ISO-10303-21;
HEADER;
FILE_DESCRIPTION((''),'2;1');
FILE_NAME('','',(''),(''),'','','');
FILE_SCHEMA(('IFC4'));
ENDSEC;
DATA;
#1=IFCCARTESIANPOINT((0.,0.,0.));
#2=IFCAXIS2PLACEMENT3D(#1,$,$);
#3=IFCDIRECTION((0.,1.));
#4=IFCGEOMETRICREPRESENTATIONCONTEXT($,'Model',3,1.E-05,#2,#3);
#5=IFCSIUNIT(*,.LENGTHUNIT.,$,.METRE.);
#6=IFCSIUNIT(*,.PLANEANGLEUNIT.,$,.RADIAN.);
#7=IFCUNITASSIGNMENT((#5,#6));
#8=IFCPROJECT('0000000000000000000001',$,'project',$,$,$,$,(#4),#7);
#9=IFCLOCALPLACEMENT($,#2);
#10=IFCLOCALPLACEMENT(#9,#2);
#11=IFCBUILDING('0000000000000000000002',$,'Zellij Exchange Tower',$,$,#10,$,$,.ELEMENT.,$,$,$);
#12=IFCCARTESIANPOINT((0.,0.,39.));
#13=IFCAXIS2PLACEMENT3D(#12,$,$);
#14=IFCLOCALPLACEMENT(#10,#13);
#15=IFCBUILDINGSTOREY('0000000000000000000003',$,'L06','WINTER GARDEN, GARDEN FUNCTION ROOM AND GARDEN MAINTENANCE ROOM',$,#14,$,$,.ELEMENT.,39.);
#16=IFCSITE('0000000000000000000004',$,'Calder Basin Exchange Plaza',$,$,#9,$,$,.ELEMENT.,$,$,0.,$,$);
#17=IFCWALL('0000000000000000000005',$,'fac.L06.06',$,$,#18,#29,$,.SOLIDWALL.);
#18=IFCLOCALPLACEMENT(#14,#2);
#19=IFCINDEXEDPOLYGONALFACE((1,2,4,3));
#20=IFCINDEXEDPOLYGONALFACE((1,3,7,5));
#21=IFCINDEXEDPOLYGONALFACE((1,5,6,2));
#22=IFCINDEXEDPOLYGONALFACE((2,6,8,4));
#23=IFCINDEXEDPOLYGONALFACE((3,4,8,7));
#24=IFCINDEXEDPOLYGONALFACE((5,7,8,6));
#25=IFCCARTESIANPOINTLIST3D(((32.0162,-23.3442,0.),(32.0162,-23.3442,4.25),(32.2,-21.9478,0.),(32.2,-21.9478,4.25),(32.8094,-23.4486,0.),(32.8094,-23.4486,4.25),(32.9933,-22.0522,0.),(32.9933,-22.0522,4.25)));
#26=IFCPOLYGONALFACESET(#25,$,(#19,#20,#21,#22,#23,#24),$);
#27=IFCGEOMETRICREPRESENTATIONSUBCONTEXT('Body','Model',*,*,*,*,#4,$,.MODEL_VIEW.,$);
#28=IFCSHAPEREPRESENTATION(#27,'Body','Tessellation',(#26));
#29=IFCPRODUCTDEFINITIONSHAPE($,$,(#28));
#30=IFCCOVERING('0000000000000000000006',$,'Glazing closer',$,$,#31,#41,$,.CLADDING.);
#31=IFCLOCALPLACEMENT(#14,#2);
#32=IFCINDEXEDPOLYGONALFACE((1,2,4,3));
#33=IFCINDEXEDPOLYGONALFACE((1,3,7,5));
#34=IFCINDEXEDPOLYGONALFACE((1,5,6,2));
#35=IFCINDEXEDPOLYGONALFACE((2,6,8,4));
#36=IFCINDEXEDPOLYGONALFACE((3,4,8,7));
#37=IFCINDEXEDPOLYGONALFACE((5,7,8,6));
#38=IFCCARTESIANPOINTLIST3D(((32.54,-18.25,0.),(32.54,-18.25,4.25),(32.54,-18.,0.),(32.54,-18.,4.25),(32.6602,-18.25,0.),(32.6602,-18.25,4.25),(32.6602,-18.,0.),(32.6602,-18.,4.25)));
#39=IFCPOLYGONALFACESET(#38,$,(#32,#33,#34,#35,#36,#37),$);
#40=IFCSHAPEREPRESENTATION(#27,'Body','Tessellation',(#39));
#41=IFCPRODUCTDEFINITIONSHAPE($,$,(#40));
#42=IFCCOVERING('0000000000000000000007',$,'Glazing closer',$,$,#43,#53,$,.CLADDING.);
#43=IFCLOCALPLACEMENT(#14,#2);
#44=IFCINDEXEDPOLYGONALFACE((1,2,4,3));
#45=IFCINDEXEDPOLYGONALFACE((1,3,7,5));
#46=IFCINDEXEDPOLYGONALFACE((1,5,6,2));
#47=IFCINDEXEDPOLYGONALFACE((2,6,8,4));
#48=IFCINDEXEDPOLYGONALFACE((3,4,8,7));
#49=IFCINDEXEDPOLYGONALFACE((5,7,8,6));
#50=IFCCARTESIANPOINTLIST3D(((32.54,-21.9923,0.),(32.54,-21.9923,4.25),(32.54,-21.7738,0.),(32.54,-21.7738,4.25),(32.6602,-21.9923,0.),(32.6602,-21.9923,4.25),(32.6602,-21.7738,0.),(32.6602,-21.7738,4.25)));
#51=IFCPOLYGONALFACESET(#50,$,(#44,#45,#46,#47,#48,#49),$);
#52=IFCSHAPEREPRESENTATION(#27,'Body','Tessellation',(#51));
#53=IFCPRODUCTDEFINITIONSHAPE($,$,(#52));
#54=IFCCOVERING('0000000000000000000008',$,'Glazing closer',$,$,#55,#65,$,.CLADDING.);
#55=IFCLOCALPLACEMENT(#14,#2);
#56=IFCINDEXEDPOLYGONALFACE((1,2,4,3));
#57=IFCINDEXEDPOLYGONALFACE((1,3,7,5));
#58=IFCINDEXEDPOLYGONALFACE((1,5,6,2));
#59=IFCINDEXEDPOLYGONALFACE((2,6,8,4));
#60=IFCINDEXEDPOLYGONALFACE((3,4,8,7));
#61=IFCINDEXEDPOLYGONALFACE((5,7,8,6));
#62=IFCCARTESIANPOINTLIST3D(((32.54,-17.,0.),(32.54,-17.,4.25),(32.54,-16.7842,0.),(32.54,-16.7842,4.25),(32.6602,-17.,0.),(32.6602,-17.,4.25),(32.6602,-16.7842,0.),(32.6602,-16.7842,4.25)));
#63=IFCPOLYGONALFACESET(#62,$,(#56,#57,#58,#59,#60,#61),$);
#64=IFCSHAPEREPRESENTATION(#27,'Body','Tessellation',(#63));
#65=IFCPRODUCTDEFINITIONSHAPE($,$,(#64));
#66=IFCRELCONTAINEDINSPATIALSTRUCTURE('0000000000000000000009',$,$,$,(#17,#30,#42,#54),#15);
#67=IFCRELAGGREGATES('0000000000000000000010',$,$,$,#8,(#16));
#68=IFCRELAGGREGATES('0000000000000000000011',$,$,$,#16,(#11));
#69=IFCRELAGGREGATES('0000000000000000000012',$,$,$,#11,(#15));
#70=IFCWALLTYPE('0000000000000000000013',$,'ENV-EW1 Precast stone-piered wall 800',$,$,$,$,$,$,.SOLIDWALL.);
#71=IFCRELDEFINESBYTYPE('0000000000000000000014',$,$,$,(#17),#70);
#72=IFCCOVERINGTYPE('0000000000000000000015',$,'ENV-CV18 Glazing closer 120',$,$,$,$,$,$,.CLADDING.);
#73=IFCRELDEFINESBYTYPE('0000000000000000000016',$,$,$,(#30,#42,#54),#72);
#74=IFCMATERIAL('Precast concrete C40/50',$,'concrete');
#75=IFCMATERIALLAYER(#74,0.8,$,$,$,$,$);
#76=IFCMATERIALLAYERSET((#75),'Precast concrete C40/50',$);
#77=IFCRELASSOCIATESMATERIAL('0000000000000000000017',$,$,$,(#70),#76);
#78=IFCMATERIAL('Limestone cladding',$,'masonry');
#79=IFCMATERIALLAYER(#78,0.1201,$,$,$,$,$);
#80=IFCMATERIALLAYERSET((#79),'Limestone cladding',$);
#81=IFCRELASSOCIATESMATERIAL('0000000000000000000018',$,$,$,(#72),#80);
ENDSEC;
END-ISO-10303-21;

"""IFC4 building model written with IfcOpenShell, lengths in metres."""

from ifc_helpers import new_model, si_unit, direction, frame, frame_2d, origin, origin_2d, place, context, subcontext, project, spatial, rectangle, extrude, material, layer, layer_set, type_object, element, save


model = new_model("IFC4")

# Units and contexts
model_context = context("Model", 3, precision=1e-05, world=origin(), true_north=direction((0.0, 1.0)))
body_context = subcontext(model_context, "Body", "Model", "MODEL_VIEW")
ifc_project = project(units=[si_unit("LENGTHUNIT", "METRE"), si_unit("PLANEANGLEUNIT", "RADIAN")], contexts=[model_context])

# Site, building, storey
site_placement = place(None, origin())
site = spatial("IfcSite", under=ifc_project, at=site_placement, Name="Calder Basin Exchange Plaza", CompositionType="ELEMENT", RefElevation=0.0)
building_placement = place(site_placement, origin())
building = spatial("IfcBuilding", under=site, at=building_placement, Name="Zellij Exchange Tower", CompositionType="ELEMENT")
storey_placement = place(building_placement, frame((0.0, 0.0, 39.0)))
storey = spatial("IfcBuildingStorey", under=building, at=storey_placement, Name="L06", Description="WINTER GARDEN, GARDEN FUNCTION ROOM AND GARDEN MAINTENANCE ROOM", CompositionType="ELEMENT", Elevation=39.0)

# Wall
ifc_material_1 = material(Name="Precast concrete C40/50", Category="concrete")
ifc_layer_1 = layer(ifc_material_1, 0.8)
ifc_layer_set_1 = layer_set([ifc_layer_1], Name="Precast concrete C40/50")
wall_type = type_object("IfcWallType", Name="ENV-EW1 Precast stone-piered wall 800", PredefinedType="SOLIDWALL", material=ifc_layer_set_1)
wall_1_placement = place(storey_placement, frame((32.4128, -23.3962, 0.0), z_axis=(0.0, 0.0, 1.0), x_axis=(0.130517, 0.991446, 0.0)))
element("IfcWall", 1, at=wall_1_placement, inside=storey, type_object=wall_type, Name="fac.L06.06", PredefinedType="SOLIDWALL", context=body_context, shape_type="SweptSolid", body=[
    extrude(rectangle(XDim=1.4084, YDim=0.8, at=frame_2d((0.7041, 0.0))), origin(), (0.0, 0.0, 1.0), 4.25),
])

# Coverings
ifc_material_2 = material(Name="Limestone cladding", Category="masonry")
ifc_layer_2 = layer(ifc_material_2, 0.1201)
ifc_layer_set_2 = layer_set([ifc_layer_2], Name="Limestone cladding")
covering_type = type_object("IfcCoveringType", Name="ENV-CV18 Glazing closer 120", PredefinedType="CLADDING", material=ifc_layer_set_2)
covering_1_placement = place(storey_placement, frame((32.6001, -18.125, 0.0), z_axis=(0.0, 0.0, 1.0), x_axis=(0.0, 1.0, 0.0)))
element("IfcCovering", 2, at=covering_1_placement, inside=storey, type_object=covering_type, Name="Glazing closer", PredefinedType="CLADDING", context=body_context, shape_type="SweptSolid", body=[
    extrude(rectangle(XDim=0.25, YDim=0.1201, at=origin_2d()), origin(), (0.0, 0.0, 1.0), 4.25),
])
covering_2_placement = place(storey_placement, frame((32.6001, -21.8831, 0.0), z_axis=(0.0, 0.0, 1.0), x_axis=(0.0, -1.0, 0.0)))
element("IfcCovering", 3, at=covering_2_placement, inside=storey, type_object=covering_type, Name="Glazing closer", PredefinedType="CLADDING", context=body_context, shape_type="SweptSolid", body=[
    extrude(rectangle(XDim=0.2185, YDim=0.1201, at=origin_2d()), origin(), (0.0, 0.0, 1.0), 4.25),
])
covering_3_placement = place(storey_placement, frame((32.6001, -16.8921, 0.0), z_axis=(0.0, 0.0, 1.0), x_axis=(0.0, -1.0, 0.0)))
element("IfcCovering", 4, at=covering_3_placement, inside=storey, type_object=covering_type, Name="Glazing closer", PredefinedType="CLADDING", context=body_context, shape_type="SweptSolid", body=[
    extrude(rectangle(XDim=0.2158, YDim=0.1201, at=origin_2d()), origin(), (0.0, 0.0, 1.0), 4.25),
])

save(model, "model.ifc")
